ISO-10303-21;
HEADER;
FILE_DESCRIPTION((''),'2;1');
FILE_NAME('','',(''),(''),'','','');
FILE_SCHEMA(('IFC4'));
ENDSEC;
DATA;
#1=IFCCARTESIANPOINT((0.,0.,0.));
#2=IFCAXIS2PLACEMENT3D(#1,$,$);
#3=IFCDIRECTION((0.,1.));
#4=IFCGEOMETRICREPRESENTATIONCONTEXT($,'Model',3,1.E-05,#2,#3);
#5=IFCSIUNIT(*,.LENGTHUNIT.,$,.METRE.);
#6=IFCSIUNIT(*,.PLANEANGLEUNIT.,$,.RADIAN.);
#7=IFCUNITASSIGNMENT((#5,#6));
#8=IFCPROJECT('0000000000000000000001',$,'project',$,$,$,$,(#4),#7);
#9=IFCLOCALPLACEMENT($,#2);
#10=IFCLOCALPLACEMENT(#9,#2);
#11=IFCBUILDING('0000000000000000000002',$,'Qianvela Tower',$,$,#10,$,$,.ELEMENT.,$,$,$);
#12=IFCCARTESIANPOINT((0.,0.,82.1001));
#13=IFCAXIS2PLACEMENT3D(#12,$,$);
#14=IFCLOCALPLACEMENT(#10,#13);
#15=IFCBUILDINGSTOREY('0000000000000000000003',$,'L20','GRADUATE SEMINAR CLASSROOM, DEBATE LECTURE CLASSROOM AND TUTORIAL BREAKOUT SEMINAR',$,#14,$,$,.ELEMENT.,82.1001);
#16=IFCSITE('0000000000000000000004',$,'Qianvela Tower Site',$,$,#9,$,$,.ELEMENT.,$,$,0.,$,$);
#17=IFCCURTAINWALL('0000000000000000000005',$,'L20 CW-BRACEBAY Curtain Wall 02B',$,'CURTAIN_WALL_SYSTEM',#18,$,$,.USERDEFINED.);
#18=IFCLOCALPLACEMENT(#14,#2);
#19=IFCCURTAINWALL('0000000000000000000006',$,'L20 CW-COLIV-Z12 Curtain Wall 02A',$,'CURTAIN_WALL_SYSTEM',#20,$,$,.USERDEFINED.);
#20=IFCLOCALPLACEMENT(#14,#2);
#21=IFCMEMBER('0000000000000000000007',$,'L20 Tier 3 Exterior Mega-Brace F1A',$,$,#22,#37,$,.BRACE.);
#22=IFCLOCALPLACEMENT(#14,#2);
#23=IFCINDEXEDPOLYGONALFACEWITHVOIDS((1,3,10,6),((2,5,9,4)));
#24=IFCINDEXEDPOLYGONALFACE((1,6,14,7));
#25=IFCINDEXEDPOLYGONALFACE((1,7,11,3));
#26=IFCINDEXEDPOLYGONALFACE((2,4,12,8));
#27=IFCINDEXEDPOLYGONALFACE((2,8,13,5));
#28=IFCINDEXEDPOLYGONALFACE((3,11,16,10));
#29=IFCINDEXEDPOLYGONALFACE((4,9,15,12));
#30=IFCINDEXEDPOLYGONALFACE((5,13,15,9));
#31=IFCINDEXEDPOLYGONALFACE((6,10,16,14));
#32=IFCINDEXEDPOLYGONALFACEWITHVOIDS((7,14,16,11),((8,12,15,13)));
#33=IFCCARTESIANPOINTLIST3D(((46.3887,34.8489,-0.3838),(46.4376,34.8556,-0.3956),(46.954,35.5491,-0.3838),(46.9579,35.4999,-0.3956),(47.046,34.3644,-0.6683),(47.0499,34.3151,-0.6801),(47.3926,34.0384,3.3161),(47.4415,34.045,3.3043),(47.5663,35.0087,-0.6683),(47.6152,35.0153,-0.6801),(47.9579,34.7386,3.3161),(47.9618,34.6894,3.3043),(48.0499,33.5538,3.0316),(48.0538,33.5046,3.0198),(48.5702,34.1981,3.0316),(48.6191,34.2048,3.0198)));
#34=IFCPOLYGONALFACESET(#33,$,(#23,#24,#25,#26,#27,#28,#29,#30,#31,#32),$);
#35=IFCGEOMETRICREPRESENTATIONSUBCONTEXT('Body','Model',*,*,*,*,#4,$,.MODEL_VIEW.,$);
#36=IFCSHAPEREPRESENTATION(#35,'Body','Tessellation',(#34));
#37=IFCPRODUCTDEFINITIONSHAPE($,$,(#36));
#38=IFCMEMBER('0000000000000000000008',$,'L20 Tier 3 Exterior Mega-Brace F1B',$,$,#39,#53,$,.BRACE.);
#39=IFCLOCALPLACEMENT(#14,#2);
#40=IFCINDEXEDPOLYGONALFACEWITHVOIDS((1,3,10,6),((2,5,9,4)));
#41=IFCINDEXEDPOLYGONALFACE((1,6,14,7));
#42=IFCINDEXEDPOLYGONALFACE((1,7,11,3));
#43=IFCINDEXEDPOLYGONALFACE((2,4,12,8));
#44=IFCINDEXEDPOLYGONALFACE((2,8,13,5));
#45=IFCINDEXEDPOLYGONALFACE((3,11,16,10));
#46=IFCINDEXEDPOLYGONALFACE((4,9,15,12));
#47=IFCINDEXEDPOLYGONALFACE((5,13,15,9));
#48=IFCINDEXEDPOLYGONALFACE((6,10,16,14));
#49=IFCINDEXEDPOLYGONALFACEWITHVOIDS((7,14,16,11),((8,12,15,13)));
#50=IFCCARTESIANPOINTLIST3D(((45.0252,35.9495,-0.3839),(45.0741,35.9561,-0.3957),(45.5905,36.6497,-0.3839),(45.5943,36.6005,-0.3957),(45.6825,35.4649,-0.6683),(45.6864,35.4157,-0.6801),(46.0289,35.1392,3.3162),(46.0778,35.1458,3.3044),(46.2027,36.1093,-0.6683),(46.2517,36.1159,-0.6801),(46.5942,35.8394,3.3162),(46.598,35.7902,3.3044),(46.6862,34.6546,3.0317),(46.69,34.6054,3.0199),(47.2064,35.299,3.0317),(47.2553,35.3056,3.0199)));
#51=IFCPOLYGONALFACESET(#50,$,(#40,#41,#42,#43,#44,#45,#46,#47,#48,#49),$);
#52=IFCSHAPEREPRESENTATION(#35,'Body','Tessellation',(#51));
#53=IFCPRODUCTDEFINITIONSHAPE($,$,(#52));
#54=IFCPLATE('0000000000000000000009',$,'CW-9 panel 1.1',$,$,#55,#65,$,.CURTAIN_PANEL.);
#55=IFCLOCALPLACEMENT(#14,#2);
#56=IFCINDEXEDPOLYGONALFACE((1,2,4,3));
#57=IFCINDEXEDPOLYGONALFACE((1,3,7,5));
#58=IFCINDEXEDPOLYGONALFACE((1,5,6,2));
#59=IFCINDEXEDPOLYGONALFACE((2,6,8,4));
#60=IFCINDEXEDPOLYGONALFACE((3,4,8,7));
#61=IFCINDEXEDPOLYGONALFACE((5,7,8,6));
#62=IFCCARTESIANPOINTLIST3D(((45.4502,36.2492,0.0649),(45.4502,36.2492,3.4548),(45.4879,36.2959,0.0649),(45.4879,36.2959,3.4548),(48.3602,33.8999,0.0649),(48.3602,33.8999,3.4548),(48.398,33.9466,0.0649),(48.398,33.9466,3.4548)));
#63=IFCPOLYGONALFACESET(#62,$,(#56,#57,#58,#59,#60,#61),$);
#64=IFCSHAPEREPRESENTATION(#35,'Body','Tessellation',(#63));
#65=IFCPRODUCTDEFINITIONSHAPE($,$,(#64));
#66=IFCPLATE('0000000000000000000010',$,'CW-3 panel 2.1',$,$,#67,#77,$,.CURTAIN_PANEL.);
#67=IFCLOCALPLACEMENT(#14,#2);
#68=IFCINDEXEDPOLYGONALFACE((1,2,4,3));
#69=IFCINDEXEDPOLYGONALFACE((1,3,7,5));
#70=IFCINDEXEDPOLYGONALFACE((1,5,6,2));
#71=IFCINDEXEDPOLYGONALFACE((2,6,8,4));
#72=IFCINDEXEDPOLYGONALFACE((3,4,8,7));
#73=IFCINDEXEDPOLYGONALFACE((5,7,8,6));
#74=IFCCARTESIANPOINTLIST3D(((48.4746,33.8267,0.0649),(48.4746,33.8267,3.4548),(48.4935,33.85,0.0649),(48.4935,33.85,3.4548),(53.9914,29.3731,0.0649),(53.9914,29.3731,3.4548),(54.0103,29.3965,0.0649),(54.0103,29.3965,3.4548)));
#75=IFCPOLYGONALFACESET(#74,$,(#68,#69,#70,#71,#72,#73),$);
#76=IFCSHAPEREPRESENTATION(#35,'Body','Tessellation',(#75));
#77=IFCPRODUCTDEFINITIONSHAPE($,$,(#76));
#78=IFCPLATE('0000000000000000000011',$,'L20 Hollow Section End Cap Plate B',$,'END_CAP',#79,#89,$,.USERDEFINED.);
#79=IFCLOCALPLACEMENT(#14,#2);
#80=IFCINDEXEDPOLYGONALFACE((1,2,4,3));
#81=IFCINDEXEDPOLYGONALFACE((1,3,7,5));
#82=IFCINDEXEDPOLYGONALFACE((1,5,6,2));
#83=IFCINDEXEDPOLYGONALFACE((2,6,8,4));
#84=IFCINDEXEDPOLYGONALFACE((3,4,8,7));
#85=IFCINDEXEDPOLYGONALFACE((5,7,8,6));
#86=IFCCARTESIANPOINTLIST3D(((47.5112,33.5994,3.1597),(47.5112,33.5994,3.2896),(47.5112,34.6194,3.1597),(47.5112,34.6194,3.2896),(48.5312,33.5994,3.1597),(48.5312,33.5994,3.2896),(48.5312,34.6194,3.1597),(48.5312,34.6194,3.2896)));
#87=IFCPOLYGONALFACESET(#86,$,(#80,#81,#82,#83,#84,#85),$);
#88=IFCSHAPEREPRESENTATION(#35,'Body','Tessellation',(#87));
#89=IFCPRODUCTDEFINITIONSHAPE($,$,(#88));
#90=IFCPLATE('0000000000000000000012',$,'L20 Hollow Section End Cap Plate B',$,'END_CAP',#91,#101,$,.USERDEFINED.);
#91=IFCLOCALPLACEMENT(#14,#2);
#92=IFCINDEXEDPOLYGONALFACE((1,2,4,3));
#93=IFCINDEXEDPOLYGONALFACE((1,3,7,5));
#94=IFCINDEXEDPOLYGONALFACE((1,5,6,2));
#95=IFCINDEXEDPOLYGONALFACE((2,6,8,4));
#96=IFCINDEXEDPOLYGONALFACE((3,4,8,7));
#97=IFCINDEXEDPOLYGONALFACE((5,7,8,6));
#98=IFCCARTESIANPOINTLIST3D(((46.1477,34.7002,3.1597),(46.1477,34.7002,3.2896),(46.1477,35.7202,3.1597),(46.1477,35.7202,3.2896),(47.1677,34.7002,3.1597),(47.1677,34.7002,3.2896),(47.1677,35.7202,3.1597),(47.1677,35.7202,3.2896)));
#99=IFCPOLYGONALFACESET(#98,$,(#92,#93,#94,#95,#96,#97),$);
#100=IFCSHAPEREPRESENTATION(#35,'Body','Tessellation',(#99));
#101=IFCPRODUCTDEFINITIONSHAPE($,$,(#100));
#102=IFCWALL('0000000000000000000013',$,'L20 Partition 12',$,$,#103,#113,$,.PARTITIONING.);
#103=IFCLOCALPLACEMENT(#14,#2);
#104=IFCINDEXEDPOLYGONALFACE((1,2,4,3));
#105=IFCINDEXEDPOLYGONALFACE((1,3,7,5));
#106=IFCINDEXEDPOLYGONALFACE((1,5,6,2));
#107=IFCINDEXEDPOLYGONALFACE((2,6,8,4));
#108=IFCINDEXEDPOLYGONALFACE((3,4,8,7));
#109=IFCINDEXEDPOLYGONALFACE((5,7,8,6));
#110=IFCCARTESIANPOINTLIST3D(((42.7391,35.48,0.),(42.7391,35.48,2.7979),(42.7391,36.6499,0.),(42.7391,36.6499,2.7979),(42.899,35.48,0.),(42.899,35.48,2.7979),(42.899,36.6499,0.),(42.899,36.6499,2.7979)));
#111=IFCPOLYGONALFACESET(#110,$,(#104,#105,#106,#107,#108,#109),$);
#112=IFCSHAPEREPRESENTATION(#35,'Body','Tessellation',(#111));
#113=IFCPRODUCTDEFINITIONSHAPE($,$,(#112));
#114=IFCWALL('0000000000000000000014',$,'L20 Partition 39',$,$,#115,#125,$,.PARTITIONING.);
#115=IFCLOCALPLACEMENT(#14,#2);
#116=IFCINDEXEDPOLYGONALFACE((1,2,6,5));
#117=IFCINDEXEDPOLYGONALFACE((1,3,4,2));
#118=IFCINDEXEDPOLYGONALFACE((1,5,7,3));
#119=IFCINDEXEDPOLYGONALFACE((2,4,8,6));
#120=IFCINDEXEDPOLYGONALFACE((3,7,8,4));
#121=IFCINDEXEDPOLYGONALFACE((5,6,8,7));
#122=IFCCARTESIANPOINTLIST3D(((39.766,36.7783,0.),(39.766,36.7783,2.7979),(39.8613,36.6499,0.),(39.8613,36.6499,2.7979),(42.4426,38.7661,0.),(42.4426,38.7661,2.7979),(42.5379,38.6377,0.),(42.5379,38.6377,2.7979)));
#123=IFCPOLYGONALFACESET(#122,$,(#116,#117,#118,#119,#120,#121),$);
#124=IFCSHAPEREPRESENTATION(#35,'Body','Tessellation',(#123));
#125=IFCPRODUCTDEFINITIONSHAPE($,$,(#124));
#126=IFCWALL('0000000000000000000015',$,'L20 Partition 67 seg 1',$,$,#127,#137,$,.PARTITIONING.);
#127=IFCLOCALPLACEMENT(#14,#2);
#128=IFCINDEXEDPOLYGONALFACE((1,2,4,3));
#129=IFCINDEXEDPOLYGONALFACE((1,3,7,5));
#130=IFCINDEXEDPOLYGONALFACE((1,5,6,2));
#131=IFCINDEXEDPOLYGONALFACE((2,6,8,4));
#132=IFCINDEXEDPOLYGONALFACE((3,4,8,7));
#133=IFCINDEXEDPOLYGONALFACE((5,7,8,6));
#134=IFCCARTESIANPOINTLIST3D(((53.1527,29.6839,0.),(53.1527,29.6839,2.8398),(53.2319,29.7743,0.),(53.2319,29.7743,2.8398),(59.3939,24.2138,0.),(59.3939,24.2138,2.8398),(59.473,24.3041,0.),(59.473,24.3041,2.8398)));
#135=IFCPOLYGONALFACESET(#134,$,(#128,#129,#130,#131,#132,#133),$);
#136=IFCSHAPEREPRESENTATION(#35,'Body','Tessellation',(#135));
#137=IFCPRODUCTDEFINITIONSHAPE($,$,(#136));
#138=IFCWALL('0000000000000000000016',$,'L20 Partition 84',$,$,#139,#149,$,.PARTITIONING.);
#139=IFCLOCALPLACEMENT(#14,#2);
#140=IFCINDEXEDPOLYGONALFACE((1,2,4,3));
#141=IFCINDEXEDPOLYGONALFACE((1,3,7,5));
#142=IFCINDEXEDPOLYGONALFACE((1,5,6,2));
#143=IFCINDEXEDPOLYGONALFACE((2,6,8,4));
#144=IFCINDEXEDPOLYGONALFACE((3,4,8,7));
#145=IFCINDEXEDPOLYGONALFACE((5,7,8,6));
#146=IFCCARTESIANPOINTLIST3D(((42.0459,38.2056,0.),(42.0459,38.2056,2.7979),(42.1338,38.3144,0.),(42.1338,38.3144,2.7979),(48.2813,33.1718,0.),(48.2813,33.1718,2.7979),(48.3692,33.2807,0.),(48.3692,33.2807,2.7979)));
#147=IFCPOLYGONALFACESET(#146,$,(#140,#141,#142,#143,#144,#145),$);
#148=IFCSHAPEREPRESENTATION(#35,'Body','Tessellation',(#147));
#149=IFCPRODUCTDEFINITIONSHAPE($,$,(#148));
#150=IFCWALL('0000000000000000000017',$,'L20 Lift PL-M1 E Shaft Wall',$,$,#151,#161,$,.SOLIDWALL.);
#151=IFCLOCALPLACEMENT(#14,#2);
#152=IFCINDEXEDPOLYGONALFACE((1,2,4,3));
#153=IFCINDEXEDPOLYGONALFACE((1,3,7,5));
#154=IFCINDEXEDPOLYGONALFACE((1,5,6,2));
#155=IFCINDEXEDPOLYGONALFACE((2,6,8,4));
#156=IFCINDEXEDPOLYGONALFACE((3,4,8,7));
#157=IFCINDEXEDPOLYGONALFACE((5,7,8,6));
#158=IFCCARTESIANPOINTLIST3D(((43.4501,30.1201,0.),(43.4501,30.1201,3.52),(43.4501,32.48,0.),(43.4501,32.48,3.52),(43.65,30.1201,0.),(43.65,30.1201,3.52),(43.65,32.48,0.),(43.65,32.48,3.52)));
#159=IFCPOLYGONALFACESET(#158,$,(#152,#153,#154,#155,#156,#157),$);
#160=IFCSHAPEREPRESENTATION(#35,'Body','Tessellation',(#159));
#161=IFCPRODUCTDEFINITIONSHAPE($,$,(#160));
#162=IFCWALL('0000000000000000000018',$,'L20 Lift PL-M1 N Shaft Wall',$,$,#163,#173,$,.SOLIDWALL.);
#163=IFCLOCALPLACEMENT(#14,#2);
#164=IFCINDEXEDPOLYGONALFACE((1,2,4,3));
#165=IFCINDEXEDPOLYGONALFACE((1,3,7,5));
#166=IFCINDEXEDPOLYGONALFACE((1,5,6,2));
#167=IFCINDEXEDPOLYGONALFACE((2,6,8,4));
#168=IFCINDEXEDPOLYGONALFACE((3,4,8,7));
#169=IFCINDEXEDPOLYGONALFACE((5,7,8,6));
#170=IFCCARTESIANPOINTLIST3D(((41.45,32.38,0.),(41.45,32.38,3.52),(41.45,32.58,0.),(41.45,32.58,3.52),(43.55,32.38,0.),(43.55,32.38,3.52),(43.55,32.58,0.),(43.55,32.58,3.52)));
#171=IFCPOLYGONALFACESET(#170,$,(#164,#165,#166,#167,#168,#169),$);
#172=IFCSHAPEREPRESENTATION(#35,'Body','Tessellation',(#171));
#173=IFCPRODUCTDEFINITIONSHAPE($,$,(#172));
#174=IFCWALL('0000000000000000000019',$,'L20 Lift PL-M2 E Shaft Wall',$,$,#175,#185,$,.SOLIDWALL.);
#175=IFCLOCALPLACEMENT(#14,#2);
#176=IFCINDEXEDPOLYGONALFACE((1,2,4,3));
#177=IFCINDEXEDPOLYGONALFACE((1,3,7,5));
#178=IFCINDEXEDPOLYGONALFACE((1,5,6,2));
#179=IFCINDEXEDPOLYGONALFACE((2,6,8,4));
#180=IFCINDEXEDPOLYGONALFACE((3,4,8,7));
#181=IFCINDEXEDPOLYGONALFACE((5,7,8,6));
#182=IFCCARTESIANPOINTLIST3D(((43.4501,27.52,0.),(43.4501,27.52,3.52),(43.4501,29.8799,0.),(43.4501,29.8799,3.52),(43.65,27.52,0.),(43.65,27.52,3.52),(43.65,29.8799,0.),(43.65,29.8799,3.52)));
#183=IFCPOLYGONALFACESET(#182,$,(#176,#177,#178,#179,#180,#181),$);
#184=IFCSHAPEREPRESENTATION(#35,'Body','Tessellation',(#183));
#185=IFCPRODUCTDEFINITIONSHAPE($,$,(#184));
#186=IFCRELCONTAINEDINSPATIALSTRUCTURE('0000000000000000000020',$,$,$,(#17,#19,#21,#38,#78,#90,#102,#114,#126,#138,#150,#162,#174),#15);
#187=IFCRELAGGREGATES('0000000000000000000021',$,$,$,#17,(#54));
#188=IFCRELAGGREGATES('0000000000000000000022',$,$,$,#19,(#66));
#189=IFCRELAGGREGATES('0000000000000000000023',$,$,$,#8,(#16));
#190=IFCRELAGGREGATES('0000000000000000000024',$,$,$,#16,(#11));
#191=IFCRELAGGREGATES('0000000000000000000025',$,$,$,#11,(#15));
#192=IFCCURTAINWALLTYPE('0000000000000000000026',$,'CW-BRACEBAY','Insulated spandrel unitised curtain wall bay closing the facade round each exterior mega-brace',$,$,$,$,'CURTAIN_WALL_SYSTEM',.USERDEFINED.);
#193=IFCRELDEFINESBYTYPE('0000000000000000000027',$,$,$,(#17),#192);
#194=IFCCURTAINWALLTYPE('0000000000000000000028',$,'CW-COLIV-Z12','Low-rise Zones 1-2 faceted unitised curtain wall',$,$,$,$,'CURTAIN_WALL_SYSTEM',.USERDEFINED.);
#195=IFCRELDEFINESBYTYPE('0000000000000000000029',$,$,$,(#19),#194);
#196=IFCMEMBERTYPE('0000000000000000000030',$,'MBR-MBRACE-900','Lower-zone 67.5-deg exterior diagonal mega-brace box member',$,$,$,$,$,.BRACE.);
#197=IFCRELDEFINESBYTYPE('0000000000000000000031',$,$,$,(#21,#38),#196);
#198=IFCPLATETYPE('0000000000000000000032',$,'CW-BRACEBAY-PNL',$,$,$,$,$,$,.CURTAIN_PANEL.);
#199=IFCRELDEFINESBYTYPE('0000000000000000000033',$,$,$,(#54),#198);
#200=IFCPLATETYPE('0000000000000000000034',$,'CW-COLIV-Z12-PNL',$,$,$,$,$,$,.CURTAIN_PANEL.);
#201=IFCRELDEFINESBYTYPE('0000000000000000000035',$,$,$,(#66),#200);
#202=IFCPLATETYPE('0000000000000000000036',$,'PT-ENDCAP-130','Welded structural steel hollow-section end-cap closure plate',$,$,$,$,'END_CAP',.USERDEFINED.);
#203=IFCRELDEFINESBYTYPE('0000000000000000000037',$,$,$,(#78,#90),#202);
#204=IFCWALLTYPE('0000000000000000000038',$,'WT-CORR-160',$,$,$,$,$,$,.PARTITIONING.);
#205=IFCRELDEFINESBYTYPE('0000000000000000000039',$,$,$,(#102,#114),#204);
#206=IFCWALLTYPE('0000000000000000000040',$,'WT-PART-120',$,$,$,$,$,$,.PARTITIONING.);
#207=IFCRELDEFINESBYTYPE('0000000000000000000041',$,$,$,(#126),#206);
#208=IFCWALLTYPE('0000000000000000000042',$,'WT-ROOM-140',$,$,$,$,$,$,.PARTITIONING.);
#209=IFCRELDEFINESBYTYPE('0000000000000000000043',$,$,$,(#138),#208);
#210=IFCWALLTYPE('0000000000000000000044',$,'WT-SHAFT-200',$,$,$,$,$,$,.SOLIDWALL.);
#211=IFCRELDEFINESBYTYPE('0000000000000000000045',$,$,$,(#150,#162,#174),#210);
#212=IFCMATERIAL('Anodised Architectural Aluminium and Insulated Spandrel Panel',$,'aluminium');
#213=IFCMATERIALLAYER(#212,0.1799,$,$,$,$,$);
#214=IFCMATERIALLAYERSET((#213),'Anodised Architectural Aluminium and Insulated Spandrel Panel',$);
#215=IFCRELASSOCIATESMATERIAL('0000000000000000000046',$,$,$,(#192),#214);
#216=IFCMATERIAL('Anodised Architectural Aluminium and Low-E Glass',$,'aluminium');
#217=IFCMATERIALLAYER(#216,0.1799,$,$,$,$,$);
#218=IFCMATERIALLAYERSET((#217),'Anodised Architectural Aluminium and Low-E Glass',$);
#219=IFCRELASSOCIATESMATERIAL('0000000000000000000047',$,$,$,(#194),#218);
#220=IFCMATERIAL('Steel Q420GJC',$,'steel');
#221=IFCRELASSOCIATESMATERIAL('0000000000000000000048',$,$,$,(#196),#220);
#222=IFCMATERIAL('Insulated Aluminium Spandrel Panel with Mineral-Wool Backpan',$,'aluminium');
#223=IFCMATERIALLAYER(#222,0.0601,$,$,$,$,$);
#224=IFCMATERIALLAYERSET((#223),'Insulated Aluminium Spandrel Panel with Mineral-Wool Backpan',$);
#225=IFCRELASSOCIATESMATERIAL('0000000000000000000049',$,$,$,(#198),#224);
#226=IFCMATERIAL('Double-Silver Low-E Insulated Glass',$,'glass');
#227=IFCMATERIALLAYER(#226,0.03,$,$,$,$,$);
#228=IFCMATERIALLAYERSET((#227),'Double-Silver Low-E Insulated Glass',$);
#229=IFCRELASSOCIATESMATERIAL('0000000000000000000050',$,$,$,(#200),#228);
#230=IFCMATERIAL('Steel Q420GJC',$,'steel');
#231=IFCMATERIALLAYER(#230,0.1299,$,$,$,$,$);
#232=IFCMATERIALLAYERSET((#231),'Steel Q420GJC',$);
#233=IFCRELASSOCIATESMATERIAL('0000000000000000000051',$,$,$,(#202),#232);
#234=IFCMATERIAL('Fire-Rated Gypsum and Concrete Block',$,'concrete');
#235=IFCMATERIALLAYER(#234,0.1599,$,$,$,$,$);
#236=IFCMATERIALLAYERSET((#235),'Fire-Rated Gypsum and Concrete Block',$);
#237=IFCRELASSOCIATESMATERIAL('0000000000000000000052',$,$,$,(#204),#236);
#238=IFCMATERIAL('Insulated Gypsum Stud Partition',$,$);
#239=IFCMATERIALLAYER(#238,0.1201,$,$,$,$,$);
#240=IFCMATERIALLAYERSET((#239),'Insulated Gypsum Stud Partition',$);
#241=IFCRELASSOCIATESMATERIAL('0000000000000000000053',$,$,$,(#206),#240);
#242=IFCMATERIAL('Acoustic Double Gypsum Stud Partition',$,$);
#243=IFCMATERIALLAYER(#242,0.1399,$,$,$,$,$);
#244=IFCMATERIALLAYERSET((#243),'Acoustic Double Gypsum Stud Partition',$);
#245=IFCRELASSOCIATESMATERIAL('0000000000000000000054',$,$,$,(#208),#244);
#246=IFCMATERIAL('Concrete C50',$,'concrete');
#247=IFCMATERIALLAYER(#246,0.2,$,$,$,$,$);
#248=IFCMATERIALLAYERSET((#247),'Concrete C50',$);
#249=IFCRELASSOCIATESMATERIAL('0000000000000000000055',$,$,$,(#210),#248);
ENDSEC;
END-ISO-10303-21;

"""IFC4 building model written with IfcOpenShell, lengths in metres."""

from ifc_helpers import new_model, si_unit, direction, frame, frame_2d, origin, origin_2d, place, context, subcontext, project, spatial, rectangle, hollow_rectangle, extrude, material, layer, layer_set, material_profile, profile_set, type_object, element, aggregate, save


model = new_model("IFC4")

# Units and contexts
model_context = context("Model", 3, precision=1e-05, world=origin(), true_north=direction((0.0, 1.0)))
body_context = subcontext(model_context, "Body", "Model", "MODEL_VIEW")
ifc_project = project(units=[si_unit("LENGTHUNIT", "METRE"), si_unit("PLANEANGLEUNIT", "RADIAN")], contexts=[model_context])

# Site, building, storey
site_placement = place(None, origin())
site = spatial("IfcSite", under=ifc_project, at=site_placement, Name="Qianvela Tower Site", CompositionType="ELEMENT", RefElevation=0.0)
building_placement = place(site_placement, origin())
building = spatial("IfcBuilding", under=site, at=building_placement, Name="Qianvela Tower", CompositionType="ELEMENT")
storey_placement = place(building_placement, frame((0.0, 0.0, 82.1001)))
storey = spatial("IfcBuildingStorey", under=building, at=storey_placement, Name="L20", Description="GRADUATE SEMINAR CLASSROOM, DEBATE LECTURE CLASSROOM AND TUTORIAL BREAKOUT SEMINAR", CompositionType="ELEMENT", Elevation=82.1001)

# Curtain walls
ifc_material_1 = material(Name="Anodised Architectural Aluminium and Insulated Spandrel Panel", Category="aluminium")
ifc_layer_1 = layer(ifc_material_1, 0.1799)
ifc_layer_set_1 = layer_set([ifc_layer_1], Name="Anodised Architectural Aluminium and Insulated Spandrel Panel")
curtain_wall_type_1 = type_object("IfcCurtainWallType", Name="CW-BRACEBAY", Description="Insulated spandrel unitised curtain wall bay closing the facade round each exterior mega-brace", ElementType="CURTAIN_WALL_SYSTEM", PredefinedType="USERDEFINED", material=ifc_layer_set_1)
curtain_wall_1_placement = place(storey_placement, origin())
curtain_wall_1 = element("IfcCurtainWall", 1, at=curtain_wall_1_placement, inside=storey, type_object=curtain_wall_type_1, Name="L20 CW-BRACEBAY Curtain Wall 02B", ObjectType="CURTAIN_WALL_SYSTEM", PredefinedType="USERDEFINED")
ifc_material_2 = material(Name="Anodised Architectural Aluminium and Low-E Glass", Category="aluminium")
ifc_layer_2 = layer(ifc_material_2, 0.1799)
ifc_layer_set_2 = layer_set([ifc_layer_2], Name="Anodised Architectural Aluminium and Low-E Glass")
curtain_wall_type_2 = type_object("IfcCurtainWallType", Name="CW-COLIV-Z12", Description="Low-rise Zones 1-2 faceted unitised curtain wall", ElementType="CURTAIN_WALL_SYSTEM", PredefinedType="USERDEFINED", material=ifc_layer_set_2)
curtain_wall_2_placement = place(storey_placement, origin())
curtain_wall_2 = element("IfcCurtainWall", 2, at=curtain_wall_2_placement, inside=storey, type_object=curtain_wall_type_2, Name="L20 CW-COLIV-Z12 Curtain Wall 02A", ObjectType="CURTAIN_WALL_SYSTEM", PredefinedType="USERDEFINED")

# Members
ifc_material_3 = material(Name="Steel Q420GJC", Category="steel")
ifc_material_profile_1 = material_profile(ifc_material_3, hollow_rectangle(XDim=0.8999, YDim=0.8999, WallThickness=0.0359, at=origin_2d()), Name="MBOX-900x900x36")
ifc_profile_set_1 = profile_set([ifc_material_profile_1], Name="Steel Q420GJC")
member_type_1 = type_object("IfcMemberType", Name="MBR-MBRACE-900", Description="Lower-zone 67.5-deg exterior diagonal mega-brace box member", PredefinedType="BRACE", material=ifc_profile_set_1)
for number, where, z_axis, x_axis, name in (
    (3, (47.002, 34.9321, -0.532), (0.256198, -0.206853, 0.944232), (0.628196, 0.778055, 0.0), "L20 Tier 3 Exterior Mega-Brace F1A"),
    (4, (45.6384, 36.0327, -0.532), (0.256143, -0.206796, 0.944259), (0.628174, 0.778073, 0.0), "L20 Tier 3 Exterior Mega-Brace F1B"),
):
    element("IfcMember", number, at=place(storey_placement, frame(where, z_axis=z_axis, x_axis=x_axis)), inside=storey, type_object=member_type_1, Name=name, PredefinedType="BRACE", context=body_context, shape_type="SweptSolid", body=[
        extrude(hollow_rectangle(XDim=0.8999, YDim=0.8999, WallThickness=0.0359, at=origin_2d()), origin(), (0.0, 0.0, 1.0), 3.9185),
    ])

# Plates
ifc_material_4 = material(Name="Insulated Aluminium Spandrel Panel with Mineral-Wool Backpan", Category="aluminium")
ifc_layer_3 = layer(ifc_material_4, 0.0601)
ifc_layer_set_3 = layer_set([ifc_layer_3], Name="Insulated Aluminium Spandrel Panel with Mineral-Wool Backpan")
plate_type_1 = type_object("IfcPlateType", Name="CW-BRACEBAY-PNL", PredefinedType="CURTAIN_PANEL", material=ifc_layer_set_3)
plate_1_placement = place(storey_placement, frame((46.9241, 35.0979, 0.0649), z_axis=(0.0, 0.0, 1.0), x_axis=(-0.778096, 0.628146, 0.0)))
plate_1 = element("IfcPlate", 5, at=plate_1_placement, type_object=plate_type_1, Name="CW-9 panel 1.1", PredefinedType="CURTAIN_PANEL", context=body_context, shape_type="SweptSolid", body=[
    extrude(rectangle(XDim=3.74, YDim=0.0601, at=origin_2d()), origin(), (0.0, 0.0, 1.0), 3.3899),
])
aggregate(curtain_wall_1, [plate_1])
ifc_material_5 = material(Name="Double-Silver Low-E Insulated Glass", Category="glass")
ifc_layer_4 = layer(ifc_material_5, 0.03)
ifc_layer_set_4 = layer_set([ifc_layer_4], Name="Double-Silver Low-E Insulated Glass")
plate_type_2 = type_object("IfcPlateType", Name="CW-COLIV-Z12-PNL", PredefinedType="CURTAIN_PANEL", material=ifc_layer_set_4)
plate_2_placement = place(storey_placement, frame((51.2424, 31.6116, 0.0649), z_axis=(0.0, 0.0, 1.0), x_axis=(-0.778099, 0.628142, 0.0)))
plate_2 = element("IfcPlate", 6, at=plate_2_placement, type_object=plate_type_2, Name="CW-3 panel 2.1", PredefinedType="CURTAIN_PANEL", context=body_context, shape_type="SweptSolid", body=[
    extrude(rectangle(XDim=7.0901, YDim=0.03, at=origin_2d()), origin(), (0.0, 0.0, 1.0), 3.3899),
])
aggregate(curtain_wall_2, [plate_2])

# Plates
ifc_material_6 = material(Name="Steel Q420GJC", Category="steel")
ifc_layer_5 = layer(ifc_material_6, 0.1299)
ifc_layer_set_5 = layer_set([ifc_layer_5], Name="Steel Q420GJC")
plate_type_3 = type_object("IfcPlateType", Name="PT-ENDCAP-130", Description="Welded structural steel hollow-section end-cap closure plate", ElementType="END_CAP", PredefinedType="USERDEFINED", material=ifc_layer_set_5)
for number, where, z_axis, x_axis, name in (
    (7, (48.0212, 34.1094, 3.1597), (0.0, 0.0, 1.0), (1.0, 0.0, 0.0), "L20 Hollow Section End Cap Plate B"),
    (8, (46.6577, 35.2102, 3.1597), (0.0, 0.0, 1.0), (1.0, 0.0, 0.0), "L20 Hollow Section End Cap Plate B"),
):
    element("IfcPlate", number, at=place(storey_placement, frame(where, z_axis=z_axis, x_axis=x_axis)), inside=storey, type_object=plate_type_3, Name=name, ObjectType="END_CAP", PredefinedType="USERDEFINED", context=body_context, shape_type="SweptSolid", body=[
        extrude(rectangle(XDim=1.02, YDim=1.02, at=origin_2d()), origin(), (0.0, 0.0, 1.0), 0.1299),
    ])

# Walls
ifc_material_7 = material(Name="Fire-Rated Gypsum and Concrete Block", Category="concrete")
ifc_layer_6 = layer(ifc_material_7, 0.1599)
ifc_layer_set_6 = layer_set([ifc_layer_6], Name="Fire-Rated Gypsum and Concrete Block")
wall_type_1 = type_object("IfcWallType", Name="WT-CORR-160", PredefinedType="PARTITIONING", material=ifc_layer_set_6)
wall_1_placement = place(storey_placement, frame((42.8191, 36.6499, 0.0), z_axis=(0.0, 0.0, 1.0), x_axis=(0.0, -1.0, 0.0)))
element("IfcWall", 9, at=wall_1_placement, inside=storey, type_object=wall_type_1, Name="L20 Partition 12", PredefinedType="PARTITIONING", context=body_context, shape_type="SweptSolid", body=[
    extrude(rectangle(XDim=1.1699, YDim=0.1599, at=frame_2d((0.585, 0.0))), origin(), (0.0, 0.0, 1.0), 2.7979),
])
wall_2_placement = place(storey_placement, frame((42.4902, 38.7019, 0.0), z_axis=(0.0, 0.0, 1.0), x_axis=(-0.802812, -0.596232, 0.0)))
element("IfcWall", 10, at=wall_2_placement, inside=storey, type_object=wall_type_1, Name="L20 Partition 39", PredefinedType="PARTITIONING", context=body_context, shape_type="SweptSolid", body=[
    extrude(rectangle(XDim=3.334, YDim=0.1599, at=frame_2d((1.667, 0.0))), origin(), (0.0, 0.0, 1.0), 2.7979),
])
ifc_material_8 = material(Name="Insulated Gypsum Stud Partition")
ifc_layer_7 = layer(ifc_material_8, 0.1201)
ifc_layer_set_7 = layer_set([ifc_layer_7], Name="Insulated Gypsum Stud Partition")
wall_type_2 = type_object("IfcWallType", Name="WT-PART-120", PredefinedType="PARTITIONING", material=ifc_layer_set_7)
wall_3_placement = place(storey_placement, frame((53.1924, 29.729, 0.0), z_axis=(0.0, 0.0, 1.0), x_axis=(0.75203, -0.659129, 0.0)))
element("IfcWall", 11, at=wall_3_placement, inside=storey, type_object=wall_type_2, Name="L20 Partition 67 seg 1", PredefinedType="PARTITIONING", context=body_context, shape_type="SweptSolid", body=[
    extrude(rectangle(XDim=8.2991, YDim=0.1201, at=frame_2d((4.1494, 0.0))), origin(), (0.0, 0.0, 1.0), 2.8398),
])
ifc_material_9 = material(Name="Acoustic Double Gypsum Stud Partition")
ifc_layer_8 = layer(ifc_material_9, 0.1399)
ifc_layer_set_8 = layer_set([ifc_layer_8], Name="Acoustic Double Gypsum Stud Partition")
wall_type_3 = type_object("IfcWallType", Name="WT-ROOM-140", PredefinedType="PARTITIONING", material=ifc_layer_set_8)
wall_4_placement = place(storey_placement, frame((42.0898, 38.26, 0.0), z_axis=(0.0, 0.0, 1.0), x_axis=(0.778097, -0.628144, 0.0)))
element("IfcWall", 12, at=wall_4_placement, inside=storey, type_object=wall_type_3, Name="L20 Partition 84", PredefinedType="PARTITIONING", context=body_context, shape_type="SweptSolid", body=[
    extrude(rectangle(XDim=8.0137, YDim=0.1399, at=frame_2d((4.0068, 0.0))), origin(), (0.0, 0.0, 1.0), 2.7979),
])
ifc_material_10 = material(Name="Concrete C50", Category="concrete")
ifc_layer_9 = layer(ifc_material_10, 0.2)
ifc_layer_set_9 = layer_set([ifc_layer_9], Name="Concrete C50")
wall_type_4 = type_object("IfcWallType", Name="WT-SHAFT-200", PredefinedType="SOLIDWALL", material=ifc_layer_set_9)
wall_5_placement = place(storey_placement, frame((43.55, 30.1201, 0.0), z_axis=(0.0, 0.0, 1.0), x_axis=(0.0, 1.0, 0.0)))
element("IfcWall", 13, at=wall_5_placement, inside=storey, type_object=wall_type_4, Name="L20 Lift PL-M1 E Shaft Wall", PredefinedType="SOLIDWALL", context=body_context, shape_type="SweptSolid", body=[
    extrude(rectangle(XDim=2.3599, YDim=0.2, at=frame_2d((1.1799, 0.0))), origin(), (0.0, 0.0, 1.0), 3.52),
])
wall_6_placement = place(storey_placement, frame((41.45, 32.48, 0.0), z_axis=(0.0, 0.0, 1.0), x_axis=(1.0, 0.0, 0.0)))
element("IfcWall", 14, at=wall_6_placement, inside=storey, type_object=wall_type_4, Name="L20 Lift PL-M1 N Shaft Wall", PredefinedType="SOLIDWALL", context=body_context, shape_type="SweptSolid", body=[
    extrude(rectangle(XDim=2.1001, YDim=0.2, at=frame_2d((1.05, 0.0))), origin(), (0.0, 0.0, 1.0), 3.52),
])
wall_7_placement = place(storey_placement, frame((43.55, 27.52, 0.0), z_axis=(0.0, 0.0, 1.0), x_axis=(0.0, 1.0, 0.0)))
element("IfcWall", 15, at=wall_7_placement, inside=storey, type_object=wall_type_4, Name="L20 Lift PL-M2 E Shaft Wall", PredefinedType="SOLIDWALL", context=body_context, shape_type="SweptSolid", body=[
    extrude(rectangle(XDim=2.3599, YDim=0.2, at=frame_2d((1.1799, 0.0))), origin(), (0.0, 0.0, 1.0), 3.52),
])

save(model, "model.ifc")
